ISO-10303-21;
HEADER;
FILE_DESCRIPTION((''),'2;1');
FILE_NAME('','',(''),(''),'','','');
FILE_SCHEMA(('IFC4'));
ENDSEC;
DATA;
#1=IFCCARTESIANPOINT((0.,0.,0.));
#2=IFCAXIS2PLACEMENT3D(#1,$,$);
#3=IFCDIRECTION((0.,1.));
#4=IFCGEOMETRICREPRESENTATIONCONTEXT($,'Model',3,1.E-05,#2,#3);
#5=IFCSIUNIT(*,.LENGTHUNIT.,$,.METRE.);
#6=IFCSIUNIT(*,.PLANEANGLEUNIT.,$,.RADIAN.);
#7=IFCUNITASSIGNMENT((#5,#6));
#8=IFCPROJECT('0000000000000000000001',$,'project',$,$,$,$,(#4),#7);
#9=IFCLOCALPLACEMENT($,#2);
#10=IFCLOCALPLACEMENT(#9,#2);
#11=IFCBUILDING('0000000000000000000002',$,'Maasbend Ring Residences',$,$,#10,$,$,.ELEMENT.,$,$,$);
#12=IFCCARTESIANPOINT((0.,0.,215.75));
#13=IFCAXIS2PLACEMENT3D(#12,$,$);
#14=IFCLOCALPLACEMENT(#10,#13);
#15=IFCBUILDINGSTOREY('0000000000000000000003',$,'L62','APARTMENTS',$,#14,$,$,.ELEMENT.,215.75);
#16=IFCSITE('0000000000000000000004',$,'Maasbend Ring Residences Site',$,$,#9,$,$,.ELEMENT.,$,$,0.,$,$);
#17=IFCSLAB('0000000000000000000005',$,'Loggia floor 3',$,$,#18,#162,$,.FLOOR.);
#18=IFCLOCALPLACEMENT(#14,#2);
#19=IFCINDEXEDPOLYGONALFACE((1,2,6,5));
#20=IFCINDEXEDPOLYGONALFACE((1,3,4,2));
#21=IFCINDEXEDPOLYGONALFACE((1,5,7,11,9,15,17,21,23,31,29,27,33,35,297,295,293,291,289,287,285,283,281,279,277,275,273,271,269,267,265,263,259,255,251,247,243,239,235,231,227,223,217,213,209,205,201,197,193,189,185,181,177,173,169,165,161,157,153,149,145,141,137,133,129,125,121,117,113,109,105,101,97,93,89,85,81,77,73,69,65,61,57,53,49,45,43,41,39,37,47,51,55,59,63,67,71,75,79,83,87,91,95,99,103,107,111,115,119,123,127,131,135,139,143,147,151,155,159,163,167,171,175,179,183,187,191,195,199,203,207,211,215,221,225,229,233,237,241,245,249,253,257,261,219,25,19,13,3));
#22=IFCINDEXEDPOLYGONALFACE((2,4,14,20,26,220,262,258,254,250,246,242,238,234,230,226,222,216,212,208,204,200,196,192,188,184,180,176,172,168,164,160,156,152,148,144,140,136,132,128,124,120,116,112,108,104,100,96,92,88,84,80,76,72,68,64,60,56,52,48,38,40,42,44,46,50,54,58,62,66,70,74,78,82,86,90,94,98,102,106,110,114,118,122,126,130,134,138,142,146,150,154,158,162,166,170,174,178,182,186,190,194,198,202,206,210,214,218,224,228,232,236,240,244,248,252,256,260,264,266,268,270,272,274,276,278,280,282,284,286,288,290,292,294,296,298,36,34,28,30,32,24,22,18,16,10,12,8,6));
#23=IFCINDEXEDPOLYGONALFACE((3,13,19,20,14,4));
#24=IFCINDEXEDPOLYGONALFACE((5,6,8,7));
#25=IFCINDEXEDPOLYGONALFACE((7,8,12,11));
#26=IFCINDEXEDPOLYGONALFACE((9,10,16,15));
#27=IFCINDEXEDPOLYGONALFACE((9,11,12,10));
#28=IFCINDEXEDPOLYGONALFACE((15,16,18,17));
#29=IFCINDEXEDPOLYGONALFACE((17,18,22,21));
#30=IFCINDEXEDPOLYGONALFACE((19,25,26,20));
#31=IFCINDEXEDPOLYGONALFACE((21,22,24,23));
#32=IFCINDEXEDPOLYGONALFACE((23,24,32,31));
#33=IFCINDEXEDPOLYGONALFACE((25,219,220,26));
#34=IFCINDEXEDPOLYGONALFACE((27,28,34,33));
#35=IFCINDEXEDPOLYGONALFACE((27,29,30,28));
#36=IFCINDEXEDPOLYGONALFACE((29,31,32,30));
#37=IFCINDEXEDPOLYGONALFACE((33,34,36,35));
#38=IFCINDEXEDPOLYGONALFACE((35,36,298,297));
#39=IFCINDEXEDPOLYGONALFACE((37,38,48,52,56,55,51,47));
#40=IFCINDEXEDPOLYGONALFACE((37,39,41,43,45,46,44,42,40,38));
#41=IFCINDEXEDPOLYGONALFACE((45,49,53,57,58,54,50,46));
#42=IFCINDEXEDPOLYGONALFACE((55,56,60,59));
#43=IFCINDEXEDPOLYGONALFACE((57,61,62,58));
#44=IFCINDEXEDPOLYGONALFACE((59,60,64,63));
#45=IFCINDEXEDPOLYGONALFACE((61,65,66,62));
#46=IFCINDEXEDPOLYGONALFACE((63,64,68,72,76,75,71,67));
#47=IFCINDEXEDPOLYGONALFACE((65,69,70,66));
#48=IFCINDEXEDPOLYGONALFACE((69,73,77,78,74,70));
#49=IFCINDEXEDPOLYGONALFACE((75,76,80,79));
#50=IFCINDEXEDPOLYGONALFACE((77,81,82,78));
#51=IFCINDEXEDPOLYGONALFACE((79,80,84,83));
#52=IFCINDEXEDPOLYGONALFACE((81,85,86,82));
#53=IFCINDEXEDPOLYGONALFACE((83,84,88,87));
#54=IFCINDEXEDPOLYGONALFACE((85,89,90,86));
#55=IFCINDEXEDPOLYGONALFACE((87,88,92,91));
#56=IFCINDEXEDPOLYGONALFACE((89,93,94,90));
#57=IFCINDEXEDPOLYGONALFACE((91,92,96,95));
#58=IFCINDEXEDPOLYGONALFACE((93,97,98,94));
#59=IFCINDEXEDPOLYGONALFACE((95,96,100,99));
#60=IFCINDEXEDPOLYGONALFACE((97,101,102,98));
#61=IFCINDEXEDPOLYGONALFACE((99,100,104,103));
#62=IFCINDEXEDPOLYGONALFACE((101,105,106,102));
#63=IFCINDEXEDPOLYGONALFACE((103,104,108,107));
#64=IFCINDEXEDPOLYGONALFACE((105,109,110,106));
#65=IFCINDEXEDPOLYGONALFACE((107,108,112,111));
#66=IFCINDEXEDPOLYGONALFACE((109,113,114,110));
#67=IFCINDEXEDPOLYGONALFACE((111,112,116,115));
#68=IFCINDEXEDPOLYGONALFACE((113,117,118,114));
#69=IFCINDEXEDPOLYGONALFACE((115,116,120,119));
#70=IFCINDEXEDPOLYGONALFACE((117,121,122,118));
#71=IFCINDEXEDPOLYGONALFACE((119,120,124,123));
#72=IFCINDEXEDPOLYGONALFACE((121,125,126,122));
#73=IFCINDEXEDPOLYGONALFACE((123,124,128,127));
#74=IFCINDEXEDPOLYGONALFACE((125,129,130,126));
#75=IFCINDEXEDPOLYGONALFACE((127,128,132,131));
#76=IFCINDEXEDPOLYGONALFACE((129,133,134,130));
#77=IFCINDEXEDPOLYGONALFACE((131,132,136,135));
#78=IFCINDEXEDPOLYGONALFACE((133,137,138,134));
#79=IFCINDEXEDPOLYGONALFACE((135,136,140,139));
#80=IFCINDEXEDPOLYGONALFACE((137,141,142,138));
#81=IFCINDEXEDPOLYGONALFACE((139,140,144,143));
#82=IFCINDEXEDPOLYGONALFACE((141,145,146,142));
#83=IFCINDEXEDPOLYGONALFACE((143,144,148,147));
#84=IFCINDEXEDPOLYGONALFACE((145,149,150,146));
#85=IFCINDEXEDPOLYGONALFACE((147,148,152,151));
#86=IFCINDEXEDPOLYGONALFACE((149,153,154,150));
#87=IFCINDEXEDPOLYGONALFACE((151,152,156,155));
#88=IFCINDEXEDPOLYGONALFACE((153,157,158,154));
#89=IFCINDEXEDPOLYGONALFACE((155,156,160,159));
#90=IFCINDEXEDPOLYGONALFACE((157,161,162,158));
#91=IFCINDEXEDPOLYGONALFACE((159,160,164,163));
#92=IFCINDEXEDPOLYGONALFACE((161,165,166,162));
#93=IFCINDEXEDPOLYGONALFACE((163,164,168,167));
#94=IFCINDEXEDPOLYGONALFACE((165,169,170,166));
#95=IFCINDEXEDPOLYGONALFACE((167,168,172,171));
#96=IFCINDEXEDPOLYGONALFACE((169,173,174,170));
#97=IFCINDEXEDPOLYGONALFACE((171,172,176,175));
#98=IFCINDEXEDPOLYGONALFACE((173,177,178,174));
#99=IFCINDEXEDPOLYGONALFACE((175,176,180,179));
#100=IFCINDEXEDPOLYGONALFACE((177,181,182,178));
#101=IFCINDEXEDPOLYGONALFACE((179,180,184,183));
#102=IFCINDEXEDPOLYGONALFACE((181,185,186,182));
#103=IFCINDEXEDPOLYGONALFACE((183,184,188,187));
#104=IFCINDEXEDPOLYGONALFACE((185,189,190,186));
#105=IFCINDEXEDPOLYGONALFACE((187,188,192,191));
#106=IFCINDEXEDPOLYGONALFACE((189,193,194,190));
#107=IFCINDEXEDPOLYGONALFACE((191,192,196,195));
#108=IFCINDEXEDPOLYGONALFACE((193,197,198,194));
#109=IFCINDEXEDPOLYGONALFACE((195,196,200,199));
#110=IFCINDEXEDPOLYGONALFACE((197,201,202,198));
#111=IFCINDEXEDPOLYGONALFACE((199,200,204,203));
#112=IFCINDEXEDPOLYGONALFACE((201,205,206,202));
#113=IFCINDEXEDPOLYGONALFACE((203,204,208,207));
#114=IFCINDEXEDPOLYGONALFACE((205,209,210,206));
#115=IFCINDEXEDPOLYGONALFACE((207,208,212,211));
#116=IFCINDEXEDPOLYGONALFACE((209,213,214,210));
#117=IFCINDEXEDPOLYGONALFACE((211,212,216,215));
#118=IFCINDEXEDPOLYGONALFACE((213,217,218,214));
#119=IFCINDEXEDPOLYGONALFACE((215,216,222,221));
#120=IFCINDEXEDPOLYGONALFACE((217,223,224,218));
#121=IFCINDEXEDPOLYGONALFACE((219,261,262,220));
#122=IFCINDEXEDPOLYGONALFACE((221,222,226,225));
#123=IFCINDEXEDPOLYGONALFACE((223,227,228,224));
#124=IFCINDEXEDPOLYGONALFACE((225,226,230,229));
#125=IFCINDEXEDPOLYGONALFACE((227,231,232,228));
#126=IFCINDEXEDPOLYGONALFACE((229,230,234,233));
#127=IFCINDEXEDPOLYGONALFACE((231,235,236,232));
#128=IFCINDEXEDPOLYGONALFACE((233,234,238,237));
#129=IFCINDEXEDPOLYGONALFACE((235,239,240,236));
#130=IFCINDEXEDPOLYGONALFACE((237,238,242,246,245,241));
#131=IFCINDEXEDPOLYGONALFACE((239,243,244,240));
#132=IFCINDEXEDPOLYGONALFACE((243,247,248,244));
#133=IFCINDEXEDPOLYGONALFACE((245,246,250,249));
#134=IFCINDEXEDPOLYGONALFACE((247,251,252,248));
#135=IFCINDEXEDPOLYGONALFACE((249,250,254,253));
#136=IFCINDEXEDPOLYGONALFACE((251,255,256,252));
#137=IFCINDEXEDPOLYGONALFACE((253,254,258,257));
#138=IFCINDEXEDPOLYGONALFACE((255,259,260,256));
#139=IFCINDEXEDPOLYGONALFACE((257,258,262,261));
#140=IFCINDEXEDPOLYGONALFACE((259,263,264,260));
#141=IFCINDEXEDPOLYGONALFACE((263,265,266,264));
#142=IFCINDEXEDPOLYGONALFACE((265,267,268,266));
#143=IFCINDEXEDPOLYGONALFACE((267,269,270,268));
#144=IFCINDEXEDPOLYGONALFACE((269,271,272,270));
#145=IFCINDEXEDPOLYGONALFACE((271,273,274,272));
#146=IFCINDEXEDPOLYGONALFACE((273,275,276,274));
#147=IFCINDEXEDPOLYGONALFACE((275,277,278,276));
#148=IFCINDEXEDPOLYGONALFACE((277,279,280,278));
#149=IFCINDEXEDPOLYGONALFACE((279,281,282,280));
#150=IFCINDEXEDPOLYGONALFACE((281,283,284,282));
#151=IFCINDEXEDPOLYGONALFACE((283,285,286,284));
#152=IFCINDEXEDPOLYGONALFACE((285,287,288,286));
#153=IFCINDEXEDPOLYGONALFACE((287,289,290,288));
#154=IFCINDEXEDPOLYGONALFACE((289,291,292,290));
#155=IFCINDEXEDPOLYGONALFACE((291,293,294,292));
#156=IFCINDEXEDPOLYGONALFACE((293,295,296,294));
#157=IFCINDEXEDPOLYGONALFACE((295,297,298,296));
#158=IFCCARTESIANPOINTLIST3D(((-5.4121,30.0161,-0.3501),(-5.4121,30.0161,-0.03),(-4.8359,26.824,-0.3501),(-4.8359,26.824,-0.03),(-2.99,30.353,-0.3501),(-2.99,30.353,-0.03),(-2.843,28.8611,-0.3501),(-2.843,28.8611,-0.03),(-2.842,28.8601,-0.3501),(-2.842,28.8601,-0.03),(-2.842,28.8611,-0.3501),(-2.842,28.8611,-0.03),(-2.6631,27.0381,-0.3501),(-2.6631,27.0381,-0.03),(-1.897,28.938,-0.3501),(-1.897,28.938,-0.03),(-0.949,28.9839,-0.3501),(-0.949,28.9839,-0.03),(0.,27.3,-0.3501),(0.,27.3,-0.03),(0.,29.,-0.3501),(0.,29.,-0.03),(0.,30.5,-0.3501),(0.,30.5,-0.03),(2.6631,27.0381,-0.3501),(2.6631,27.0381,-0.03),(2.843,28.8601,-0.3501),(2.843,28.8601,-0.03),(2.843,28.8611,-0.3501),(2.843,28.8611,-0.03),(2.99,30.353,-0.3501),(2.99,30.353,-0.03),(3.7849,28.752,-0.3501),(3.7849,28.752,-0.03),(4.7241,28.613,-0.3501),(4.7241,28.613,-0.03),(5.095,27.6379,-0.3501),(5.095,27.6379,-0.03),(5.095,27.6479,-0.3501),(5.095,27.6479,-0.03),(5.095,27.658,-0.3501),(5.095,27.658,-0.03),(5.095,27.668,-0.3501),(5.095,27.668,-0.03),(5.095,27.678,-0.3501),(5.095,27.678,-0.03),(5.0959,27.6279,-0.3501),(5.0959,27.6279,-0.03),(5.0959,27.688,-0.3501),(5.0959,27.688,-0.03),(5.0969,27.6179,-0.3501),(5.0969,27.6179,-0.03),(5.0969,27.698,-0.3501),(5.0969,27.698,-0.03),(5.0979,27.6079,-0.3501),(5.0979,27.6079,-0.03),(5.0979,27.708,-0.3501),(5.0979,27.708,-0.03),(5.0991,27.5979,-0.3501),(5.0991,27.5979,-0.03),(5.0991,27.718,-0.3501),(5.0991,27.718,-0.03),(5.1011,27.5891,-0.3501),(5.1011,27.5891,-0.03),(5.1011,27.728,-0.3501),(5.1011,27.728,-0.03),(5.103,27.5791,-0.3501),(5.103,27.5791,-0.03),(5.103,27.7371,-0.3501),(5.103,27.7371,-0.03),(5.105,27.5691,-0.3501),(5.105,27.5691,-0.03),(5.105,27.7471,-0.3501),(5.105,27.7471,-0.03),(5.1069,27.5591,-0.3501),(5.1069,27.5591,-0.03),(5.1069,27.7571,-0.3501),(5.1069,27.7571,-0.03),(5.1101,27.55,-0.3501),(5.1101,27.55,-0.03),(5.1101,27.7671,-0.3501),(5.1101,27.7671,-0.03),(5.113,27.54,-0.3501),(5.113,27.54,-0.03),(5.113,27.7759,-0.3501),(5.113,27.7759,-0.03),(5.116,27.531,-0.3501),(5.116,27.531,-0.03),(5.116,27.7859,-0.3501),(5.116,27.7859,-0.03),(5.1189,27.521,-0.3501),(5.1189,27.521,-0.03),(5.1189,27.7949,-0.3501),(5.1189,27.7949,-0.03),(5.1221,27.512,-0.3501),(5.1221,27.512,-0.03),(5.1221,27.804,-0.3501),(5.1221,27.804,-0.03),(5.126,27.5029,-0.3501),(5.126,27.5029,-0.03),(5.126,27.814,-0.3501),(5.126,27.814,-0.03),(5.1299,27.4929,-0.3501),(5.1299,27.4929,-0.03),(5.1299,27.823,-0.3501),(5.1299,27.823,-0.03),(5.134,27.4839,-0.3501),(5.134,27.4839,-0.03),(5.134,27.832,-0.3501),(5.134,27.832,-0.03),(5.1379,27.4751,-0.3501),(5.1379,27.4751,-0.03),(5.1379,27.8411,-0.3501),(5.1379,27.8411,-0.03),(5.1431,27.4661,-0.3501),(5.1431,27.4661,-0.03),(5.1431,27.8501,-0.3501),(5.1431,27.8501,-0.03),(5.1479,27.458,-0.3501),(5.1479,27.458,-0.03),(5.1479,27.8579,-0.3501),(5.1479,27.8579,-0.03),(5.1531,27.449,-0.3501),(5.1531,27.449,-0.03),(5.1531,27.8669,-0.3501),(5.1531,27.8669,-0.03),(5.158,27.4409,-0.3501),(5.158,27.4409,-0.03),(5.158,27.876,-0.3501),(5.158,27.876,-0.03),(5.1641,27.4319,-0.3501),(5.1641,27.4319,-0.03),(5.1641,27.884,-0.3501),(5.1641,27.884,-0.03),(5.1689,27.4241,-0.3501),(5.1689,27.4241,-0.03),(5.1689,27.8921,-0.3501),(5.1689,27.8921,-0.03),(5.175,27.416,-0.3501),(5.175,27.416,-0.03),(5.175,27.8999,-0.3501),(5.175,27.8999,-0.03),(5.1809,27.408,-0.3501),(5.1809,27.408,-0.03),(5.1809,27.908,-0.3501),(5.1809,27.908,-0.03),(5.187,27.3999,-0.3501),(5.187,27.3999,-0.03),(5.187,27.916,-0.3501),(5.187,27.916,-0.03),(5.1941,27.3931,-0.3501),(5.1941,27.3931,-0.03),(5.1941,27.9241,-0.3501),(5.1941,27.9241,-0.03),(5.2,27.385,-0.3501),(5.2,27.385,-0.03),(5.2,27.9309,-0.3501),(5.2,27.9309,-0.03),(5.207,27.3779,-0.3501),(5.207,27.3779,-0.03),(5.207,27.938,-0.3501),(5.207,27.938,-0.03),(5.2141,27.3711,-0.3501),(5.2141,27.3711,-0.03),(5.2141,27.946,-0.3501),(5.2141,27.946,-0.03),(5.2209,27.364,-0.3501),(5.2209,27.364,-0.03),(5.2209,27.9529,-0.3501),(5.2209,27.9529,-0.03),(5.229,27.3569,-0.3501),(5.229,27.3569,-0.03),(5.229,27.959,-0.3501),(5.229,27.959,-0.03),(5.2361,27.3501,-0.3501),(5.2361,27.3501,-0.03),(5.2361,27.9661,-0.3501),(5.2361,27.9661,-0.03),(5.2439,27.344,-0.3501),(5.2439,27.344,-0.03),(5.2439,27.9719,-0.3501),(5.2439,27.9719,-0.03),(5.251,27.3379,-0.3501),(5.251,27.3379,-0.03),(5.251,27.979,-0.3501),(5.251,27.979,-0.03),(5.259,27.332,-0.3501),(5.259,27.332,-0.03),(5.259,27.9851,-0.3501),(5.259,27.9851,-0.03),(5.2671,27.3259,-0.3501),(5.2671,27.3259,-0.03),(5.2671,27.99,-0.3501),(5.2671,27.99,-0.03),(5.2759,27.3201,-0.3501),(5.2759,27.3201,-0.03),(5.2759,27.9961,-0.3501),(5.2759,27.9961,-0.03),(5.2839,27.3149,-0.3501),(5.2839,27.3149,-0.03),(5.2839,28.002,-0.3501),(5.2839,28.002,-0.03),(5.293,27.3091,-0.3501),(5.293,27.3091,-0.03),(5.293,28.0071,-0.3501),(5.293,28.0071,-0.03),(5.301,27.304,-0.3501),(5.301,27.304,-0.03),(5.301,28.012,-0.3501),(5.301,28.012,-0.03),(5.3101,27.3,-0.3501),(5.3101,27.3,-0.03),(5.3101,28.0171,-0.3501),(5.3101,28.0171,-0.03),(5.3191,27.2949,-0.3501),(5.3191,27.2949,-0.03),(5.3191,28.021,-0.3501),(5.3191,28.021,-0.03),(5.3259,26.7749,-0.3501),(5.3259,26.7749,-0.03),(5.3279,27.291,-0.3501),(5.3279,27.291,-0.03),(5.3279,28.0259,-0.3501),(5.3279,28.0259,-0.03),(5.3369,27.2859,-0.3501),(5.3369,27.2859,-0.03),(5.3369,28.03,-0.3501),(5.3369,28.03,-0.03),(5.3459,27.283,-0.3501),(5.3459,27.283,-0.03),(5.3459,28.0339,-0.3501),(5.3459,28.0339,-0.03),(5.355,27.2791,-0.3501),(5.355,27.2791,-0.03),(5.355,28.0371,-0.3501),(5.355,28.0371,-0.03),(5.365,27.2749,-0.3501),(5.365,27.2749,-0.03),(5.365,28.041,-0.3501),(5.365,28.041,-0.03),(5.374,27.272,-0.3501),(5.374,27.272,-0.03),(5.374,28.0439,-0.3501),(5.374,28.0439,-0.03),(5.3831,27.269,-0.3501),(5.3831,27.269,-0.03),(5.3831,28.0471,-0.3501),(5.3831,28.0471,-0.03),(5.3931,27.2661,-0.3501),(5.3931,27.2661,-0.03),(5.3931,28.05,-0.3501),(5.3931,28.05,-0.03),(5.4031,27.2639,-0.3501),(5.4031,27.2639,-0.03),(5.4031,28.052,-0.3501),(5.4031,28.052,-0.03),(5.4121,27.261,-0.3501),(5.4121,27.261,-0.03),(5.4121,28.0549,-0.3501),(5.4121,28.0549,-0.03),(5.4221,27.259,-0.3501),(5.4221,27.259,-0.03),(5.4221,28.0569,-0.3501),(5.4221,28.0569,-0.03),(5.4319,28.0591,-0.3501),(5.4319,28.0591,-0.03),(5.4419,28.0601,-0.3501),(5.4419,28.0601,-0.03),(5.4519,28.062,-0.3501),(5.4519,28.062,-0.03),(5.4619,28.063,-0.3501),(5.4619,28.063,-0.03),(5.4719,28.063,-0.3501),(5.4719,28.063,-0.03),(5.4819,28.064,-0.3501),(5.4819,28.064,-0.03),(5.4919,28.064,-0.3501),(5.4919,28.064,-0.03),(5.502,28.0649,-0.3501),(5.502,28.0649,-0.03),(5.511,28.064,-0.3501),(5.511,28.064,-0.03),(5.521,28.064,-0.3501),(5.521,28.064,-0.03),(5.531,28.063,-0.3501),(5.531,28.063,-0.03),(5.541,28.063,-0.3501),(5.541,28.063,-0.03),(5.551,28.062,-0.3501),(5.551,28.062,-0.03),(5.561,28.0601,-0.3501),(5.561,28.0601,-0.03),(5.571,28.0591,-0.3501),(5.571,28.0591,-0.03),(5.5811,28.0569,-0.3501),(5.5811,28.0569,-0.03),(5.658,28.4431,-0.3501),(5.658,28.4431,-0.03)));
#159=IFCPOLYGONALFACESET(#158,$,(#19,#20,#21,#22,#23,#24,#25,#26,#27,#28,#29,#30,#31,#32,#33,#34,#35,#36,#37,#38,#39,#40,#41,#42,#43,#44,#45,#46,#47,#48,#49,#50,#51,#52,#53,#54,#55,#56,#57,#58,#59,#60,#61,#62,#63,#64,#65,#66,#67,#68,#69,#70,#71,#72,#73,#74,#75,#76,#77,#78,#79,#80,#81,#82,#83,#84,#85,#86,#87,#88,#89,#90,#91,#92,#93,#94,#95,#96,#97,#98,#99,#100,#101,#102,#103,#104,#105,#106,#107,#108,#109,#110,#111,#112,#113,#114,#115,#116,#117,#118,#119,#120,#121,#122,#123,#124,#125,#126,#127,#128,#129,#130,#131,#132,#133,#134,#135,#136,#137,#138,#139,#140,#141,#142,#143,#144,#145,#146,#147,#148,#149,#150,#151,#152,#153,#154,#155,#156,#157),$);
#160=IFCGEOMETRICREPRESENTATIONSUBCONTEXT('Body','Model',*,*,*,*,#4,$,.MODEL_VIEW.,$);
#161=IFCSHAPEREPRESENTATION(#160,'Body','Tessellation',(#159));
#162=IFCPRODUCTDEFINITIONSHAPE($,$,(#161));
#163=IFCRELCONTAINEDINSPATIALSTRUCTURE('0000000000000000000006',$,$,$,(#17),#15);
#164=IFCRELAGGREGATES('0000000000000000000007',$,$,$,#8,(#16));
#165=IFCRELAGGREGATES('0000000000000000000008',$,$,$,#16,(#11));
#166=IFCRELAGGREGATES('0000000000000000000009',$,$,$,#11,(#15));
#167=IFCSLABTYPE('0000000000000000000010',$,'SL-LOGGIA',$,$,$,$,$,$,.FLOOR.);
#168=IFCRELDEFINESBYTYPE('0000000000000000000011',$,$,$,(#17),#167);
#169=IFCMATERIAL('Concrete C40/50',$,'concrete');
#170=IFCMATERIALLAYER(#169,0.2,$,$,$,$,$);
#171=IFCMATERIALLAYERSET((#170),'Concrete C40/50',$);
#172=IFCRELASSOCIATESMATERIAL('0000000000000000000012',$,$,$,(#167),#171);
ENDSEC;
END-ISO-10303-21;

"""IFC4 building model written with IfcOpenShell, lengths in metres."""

from ifc_helpers import new_model, si_unit, direction, frame, origin, place, context, subcontext, project, spatial, polyline, outline, extrude, material, layer, layer_set, type_object, element, save


model = new_model("IFC4")

# Units and contexts
model_context = context("Model", 3, precision=1e-05, world=origin(), true_north=direction((0.0, 1.0)))
body_context = subcontext(model_context, "Body", "Model", "MODEL_VIEW")
ifc_project = project(units=[si_unit("LENGTHUNIT", "METRE"), si_unit("PLANEANGLEUNIT", "RADIAN")], contexts=[model_context])

# Site, building, storey
site_placement = place(None, origin())
site = spatial("IfcSite", under=ifc_project, at=site_placement, Name="Maasbend Ring Residences Site", CompositionType="ELEMENT", RefElevation=0.0)
building_placement = place(site_placement, origin())
building = spatial("IfcBuilding", under=site, at=building_placement, Name="Maasbend Ring Residences", CompositionType="ELEMENT")
storey_placement = place(building_placement, frame((0.0, 0.0, 215.75)))
storey = spatial("IfcBuildingStorey", under=building, at=storey_placement, Name="L62", Description="APARTMENTS", CompositionType="ELEMENT", Elevation=215.75)

# Slab
ifc_material_1 = material(Name="Concrete C40/50", Category="concrete")
ifc_layer_1 = layer(ifc_material_1, 0.2)
ifc_layer_set_1 = layer_set([ifc_layer_1], Name="Concrete C40/50")
slab_type_1 = type_object("IfcSlabType", Name="SL-LOGGIA", PredefinedType="FLOOR", material=ifc_layer_set_1)
slab_1_placement = place(storey_placement, frame((0.0, 0.0, -0.3501)))
element("IfcSlab", 1, at=slab_1_placement, inside=storey, type_object=slab_type_1, Name="Loggia floor 3", PredefinedType="FLOOR", context=body_context, shape_type="SweptSolid", body=[
    extrude(outline(polyline([(-2.843, 28.8611), (-2.843, 28.8611), (-2.843, 28.8611), (-2.843, 28.8611), (-2.842, 28.8611), (-2.842, 28.8611), (-2.842, 28.8611), (-2.842, 28.8611), (-2.842, 28.8611), (-2.842, 28.8601), (-2.842, 28.8601), (-2.842, 28.8601), (-2.842, 28.8601), (-2.842, 28.8601), (-2.842, 28.8601), (-2.842, 28.8601), (-2.842, 28.8601), (-1.897, 28.938), (-1.897, 28.938), (-0.949, 28.9839), (-0.949, 28.9839), (0.0, 29.0), (0.0, 29.0), (0.0, 29.0), (0.0, 29.0), (0.0, 29.0), (0.0, 29.0), (0.0, 29.0), (0.0, 29.0), (0.0, 29.0), (0.0, 29.0), (0.0, 29.0), (0.0, 29.0), (0.0, 29.0), (0.0, 29.0), (0.0, 29.0), (0.0, 29.0), (0.0, 29.0), (0.0, 30.5), (0.0, 30.5), (0.0, 30.5), (2.99, 30.353), (2.99, 30.353), (2.99, 30.353), (2.843, 28.8611), (2.843, 28.8611), (2.843, 28.8611), (2.843, 28.8611), (2.843, 28.8611), (2.843, 28.8611), (2.843, 28.8611), (2.843, 28.8611), (2.843, 28.8601), (2.843, 28.8601), (2.843, 28.8601), (2.843, 28.8601), (2.843, 28.8601), (2.843, 28.8601), (2.843, 28.8601), (2.843, 28.8601), (2.843, 28.8601), (3.7849, 28.752), (3.7849, 28.752), (4.7241, 28.613), (4.7241, 28.613), (5.658, 28.4431), (5.658, 28.4431), (5.658, 28.4431), (5.5811, 28.0569), (5.5811, 28.0569), (5.571, 28.0591), (5.561, 28.0601), (5.551, 28.062), (5.541, 28.063), (5.531, 28.063), (5.521, 28.064), (5.511, 28.064), (5.502, 28.0649), (5.4919, 28.064), (5.4819, 28.064), (5.4719, 28.063), (5.4619, 28.063), (5.4519, 28.062), (5.4419, 28.0601), (5.4319, 28.0591), (5.4221, 28.0569), (5.4121, 28.0549), (5.4031, 28.052), (5.3931, 28.05), (5.3831, 28.0471), (5.374, 28.0439), (5.365, 28.041), (5.355, 28.0371), (5.3459, 28.0339), (5.3369, 28.03), (5.3279, 28.0259), (5.3191, 28.021), (5.3101, 28.0171), (5.301, 28.012), (5.293, 28.0071), (5.2839, 28.002), (5.2759, 27.9961), (5.2671, 27.99), (5.259, 27.9851), (5.251, 27.979), (5.2439, 27.9719), (5.2361, 27.9661), (5.229, 27.959), (5.2209, 27.9529), (5.2141, 27.946), (5.207, 27.938), (5.2, 27.9309), (5.1941, 27.9241), (5.187, 27.916), (5.1809, 27.908), (5.175, 27.8999), (5.1689, 27.8921), (5.1641, 27.884), (5.158, 27.876), (5.1531, 27.8669), (5.1479, 27.8579), (5.1431, 27.8501), (5.1379, 27.8411), (5.134, 27.832), (5.1299, 27.823), (5.126, 27.814), (5.1221, 27.804), (5.1189, 27.7949), (5.116, 27.7859), (5.113, 27.7759), (5.1101, 27.7671), (5.1069, 27.7571), (5.105, 27.7471), (5.103, 27.7371), (5.1011, 27.728), (5.0991, 27.718), (5.0979, 27.708), (5.0969, 27.698), (5.0959, 27.688), (5.095, 27.678), (5.095, 27.668), (5.095, 27.658), (5.095, 27.6479), (5.095, 27.6379), (5.0959, 27.6279), (5.0969, 27.6179), (5.0979, 27.6079), (5.0991, 27.5979), (5.1011, 27.5891), (5.103, 27.5791), (5.105, 27.5691), (5.1069, 27.5591), (5.1101, 27.55), (5.113, 27.54), (5.116, 27.531), (5.1189, 27.521), (5.1221, 27.512), (5.126, 27.5029), (5.1299, 27.4929), (5.134, 27.4839), (5.1379, 27.4751), (5.1431, 27.4661), (5.1479, 27.458), (5.1531, 27.449), (5.158, 27.4409), (5.1641, 27.4319), (5.1689, 27.4241), (5.175, 27.416), (5.1809, 27.408), (5.187, 27.3999), (5.1941, 27.3931), (5.2, 27.385), (5.207, 27.3779), (5.2141, 27.3711), (5.2209, 27.364), (5.229, 27.3569), (5.2361, 27.3501), (5.2439, 27.344), (5.251, 27.3379), (5.259, 27.332), (5.2671, 27.3259), (5.2759, 27.3201), (5.2839, 27.3149), (5.293, 27.3091), (5.301, 27.304), (5.3101, 27.3), (5.3191, 27.2949), (5.3279, 27.291), (5.3369, 27.2859), (5.3459, 27.283), (5.355, 27.2791), (5.365, 27.2749), (5.374, 27.272), (5.3831, 27.269), (5.3931, 27.2661), (5.4031, 27.2639), (5.4121, 27.261), (5.4221, 27.259), (5.4221, 27.259), (5.3259, 26.7749), (5.3259, 26.7749), (5.3259, 26.7749), (2.6631, 27.0381), (0.0, 27.3), (0.0, 27.3), (0.0, 27.3), (-2.6631, 27.0381), (-4.8359, 26.824), (-4.8359, 26.824), (-4.8359, 26.824), (-5.4121, 30.0161), (-5.4121, 30.0161), (-5.4121, 30.0161), (-2.99, 30.353), (-2.99, 30.353), (-2.99, 30.353), (-2.843, 28.8611)])), origin(), (0.0, 0.0, 1.0), 0.3201),
])

save(model, "model.ifc")
